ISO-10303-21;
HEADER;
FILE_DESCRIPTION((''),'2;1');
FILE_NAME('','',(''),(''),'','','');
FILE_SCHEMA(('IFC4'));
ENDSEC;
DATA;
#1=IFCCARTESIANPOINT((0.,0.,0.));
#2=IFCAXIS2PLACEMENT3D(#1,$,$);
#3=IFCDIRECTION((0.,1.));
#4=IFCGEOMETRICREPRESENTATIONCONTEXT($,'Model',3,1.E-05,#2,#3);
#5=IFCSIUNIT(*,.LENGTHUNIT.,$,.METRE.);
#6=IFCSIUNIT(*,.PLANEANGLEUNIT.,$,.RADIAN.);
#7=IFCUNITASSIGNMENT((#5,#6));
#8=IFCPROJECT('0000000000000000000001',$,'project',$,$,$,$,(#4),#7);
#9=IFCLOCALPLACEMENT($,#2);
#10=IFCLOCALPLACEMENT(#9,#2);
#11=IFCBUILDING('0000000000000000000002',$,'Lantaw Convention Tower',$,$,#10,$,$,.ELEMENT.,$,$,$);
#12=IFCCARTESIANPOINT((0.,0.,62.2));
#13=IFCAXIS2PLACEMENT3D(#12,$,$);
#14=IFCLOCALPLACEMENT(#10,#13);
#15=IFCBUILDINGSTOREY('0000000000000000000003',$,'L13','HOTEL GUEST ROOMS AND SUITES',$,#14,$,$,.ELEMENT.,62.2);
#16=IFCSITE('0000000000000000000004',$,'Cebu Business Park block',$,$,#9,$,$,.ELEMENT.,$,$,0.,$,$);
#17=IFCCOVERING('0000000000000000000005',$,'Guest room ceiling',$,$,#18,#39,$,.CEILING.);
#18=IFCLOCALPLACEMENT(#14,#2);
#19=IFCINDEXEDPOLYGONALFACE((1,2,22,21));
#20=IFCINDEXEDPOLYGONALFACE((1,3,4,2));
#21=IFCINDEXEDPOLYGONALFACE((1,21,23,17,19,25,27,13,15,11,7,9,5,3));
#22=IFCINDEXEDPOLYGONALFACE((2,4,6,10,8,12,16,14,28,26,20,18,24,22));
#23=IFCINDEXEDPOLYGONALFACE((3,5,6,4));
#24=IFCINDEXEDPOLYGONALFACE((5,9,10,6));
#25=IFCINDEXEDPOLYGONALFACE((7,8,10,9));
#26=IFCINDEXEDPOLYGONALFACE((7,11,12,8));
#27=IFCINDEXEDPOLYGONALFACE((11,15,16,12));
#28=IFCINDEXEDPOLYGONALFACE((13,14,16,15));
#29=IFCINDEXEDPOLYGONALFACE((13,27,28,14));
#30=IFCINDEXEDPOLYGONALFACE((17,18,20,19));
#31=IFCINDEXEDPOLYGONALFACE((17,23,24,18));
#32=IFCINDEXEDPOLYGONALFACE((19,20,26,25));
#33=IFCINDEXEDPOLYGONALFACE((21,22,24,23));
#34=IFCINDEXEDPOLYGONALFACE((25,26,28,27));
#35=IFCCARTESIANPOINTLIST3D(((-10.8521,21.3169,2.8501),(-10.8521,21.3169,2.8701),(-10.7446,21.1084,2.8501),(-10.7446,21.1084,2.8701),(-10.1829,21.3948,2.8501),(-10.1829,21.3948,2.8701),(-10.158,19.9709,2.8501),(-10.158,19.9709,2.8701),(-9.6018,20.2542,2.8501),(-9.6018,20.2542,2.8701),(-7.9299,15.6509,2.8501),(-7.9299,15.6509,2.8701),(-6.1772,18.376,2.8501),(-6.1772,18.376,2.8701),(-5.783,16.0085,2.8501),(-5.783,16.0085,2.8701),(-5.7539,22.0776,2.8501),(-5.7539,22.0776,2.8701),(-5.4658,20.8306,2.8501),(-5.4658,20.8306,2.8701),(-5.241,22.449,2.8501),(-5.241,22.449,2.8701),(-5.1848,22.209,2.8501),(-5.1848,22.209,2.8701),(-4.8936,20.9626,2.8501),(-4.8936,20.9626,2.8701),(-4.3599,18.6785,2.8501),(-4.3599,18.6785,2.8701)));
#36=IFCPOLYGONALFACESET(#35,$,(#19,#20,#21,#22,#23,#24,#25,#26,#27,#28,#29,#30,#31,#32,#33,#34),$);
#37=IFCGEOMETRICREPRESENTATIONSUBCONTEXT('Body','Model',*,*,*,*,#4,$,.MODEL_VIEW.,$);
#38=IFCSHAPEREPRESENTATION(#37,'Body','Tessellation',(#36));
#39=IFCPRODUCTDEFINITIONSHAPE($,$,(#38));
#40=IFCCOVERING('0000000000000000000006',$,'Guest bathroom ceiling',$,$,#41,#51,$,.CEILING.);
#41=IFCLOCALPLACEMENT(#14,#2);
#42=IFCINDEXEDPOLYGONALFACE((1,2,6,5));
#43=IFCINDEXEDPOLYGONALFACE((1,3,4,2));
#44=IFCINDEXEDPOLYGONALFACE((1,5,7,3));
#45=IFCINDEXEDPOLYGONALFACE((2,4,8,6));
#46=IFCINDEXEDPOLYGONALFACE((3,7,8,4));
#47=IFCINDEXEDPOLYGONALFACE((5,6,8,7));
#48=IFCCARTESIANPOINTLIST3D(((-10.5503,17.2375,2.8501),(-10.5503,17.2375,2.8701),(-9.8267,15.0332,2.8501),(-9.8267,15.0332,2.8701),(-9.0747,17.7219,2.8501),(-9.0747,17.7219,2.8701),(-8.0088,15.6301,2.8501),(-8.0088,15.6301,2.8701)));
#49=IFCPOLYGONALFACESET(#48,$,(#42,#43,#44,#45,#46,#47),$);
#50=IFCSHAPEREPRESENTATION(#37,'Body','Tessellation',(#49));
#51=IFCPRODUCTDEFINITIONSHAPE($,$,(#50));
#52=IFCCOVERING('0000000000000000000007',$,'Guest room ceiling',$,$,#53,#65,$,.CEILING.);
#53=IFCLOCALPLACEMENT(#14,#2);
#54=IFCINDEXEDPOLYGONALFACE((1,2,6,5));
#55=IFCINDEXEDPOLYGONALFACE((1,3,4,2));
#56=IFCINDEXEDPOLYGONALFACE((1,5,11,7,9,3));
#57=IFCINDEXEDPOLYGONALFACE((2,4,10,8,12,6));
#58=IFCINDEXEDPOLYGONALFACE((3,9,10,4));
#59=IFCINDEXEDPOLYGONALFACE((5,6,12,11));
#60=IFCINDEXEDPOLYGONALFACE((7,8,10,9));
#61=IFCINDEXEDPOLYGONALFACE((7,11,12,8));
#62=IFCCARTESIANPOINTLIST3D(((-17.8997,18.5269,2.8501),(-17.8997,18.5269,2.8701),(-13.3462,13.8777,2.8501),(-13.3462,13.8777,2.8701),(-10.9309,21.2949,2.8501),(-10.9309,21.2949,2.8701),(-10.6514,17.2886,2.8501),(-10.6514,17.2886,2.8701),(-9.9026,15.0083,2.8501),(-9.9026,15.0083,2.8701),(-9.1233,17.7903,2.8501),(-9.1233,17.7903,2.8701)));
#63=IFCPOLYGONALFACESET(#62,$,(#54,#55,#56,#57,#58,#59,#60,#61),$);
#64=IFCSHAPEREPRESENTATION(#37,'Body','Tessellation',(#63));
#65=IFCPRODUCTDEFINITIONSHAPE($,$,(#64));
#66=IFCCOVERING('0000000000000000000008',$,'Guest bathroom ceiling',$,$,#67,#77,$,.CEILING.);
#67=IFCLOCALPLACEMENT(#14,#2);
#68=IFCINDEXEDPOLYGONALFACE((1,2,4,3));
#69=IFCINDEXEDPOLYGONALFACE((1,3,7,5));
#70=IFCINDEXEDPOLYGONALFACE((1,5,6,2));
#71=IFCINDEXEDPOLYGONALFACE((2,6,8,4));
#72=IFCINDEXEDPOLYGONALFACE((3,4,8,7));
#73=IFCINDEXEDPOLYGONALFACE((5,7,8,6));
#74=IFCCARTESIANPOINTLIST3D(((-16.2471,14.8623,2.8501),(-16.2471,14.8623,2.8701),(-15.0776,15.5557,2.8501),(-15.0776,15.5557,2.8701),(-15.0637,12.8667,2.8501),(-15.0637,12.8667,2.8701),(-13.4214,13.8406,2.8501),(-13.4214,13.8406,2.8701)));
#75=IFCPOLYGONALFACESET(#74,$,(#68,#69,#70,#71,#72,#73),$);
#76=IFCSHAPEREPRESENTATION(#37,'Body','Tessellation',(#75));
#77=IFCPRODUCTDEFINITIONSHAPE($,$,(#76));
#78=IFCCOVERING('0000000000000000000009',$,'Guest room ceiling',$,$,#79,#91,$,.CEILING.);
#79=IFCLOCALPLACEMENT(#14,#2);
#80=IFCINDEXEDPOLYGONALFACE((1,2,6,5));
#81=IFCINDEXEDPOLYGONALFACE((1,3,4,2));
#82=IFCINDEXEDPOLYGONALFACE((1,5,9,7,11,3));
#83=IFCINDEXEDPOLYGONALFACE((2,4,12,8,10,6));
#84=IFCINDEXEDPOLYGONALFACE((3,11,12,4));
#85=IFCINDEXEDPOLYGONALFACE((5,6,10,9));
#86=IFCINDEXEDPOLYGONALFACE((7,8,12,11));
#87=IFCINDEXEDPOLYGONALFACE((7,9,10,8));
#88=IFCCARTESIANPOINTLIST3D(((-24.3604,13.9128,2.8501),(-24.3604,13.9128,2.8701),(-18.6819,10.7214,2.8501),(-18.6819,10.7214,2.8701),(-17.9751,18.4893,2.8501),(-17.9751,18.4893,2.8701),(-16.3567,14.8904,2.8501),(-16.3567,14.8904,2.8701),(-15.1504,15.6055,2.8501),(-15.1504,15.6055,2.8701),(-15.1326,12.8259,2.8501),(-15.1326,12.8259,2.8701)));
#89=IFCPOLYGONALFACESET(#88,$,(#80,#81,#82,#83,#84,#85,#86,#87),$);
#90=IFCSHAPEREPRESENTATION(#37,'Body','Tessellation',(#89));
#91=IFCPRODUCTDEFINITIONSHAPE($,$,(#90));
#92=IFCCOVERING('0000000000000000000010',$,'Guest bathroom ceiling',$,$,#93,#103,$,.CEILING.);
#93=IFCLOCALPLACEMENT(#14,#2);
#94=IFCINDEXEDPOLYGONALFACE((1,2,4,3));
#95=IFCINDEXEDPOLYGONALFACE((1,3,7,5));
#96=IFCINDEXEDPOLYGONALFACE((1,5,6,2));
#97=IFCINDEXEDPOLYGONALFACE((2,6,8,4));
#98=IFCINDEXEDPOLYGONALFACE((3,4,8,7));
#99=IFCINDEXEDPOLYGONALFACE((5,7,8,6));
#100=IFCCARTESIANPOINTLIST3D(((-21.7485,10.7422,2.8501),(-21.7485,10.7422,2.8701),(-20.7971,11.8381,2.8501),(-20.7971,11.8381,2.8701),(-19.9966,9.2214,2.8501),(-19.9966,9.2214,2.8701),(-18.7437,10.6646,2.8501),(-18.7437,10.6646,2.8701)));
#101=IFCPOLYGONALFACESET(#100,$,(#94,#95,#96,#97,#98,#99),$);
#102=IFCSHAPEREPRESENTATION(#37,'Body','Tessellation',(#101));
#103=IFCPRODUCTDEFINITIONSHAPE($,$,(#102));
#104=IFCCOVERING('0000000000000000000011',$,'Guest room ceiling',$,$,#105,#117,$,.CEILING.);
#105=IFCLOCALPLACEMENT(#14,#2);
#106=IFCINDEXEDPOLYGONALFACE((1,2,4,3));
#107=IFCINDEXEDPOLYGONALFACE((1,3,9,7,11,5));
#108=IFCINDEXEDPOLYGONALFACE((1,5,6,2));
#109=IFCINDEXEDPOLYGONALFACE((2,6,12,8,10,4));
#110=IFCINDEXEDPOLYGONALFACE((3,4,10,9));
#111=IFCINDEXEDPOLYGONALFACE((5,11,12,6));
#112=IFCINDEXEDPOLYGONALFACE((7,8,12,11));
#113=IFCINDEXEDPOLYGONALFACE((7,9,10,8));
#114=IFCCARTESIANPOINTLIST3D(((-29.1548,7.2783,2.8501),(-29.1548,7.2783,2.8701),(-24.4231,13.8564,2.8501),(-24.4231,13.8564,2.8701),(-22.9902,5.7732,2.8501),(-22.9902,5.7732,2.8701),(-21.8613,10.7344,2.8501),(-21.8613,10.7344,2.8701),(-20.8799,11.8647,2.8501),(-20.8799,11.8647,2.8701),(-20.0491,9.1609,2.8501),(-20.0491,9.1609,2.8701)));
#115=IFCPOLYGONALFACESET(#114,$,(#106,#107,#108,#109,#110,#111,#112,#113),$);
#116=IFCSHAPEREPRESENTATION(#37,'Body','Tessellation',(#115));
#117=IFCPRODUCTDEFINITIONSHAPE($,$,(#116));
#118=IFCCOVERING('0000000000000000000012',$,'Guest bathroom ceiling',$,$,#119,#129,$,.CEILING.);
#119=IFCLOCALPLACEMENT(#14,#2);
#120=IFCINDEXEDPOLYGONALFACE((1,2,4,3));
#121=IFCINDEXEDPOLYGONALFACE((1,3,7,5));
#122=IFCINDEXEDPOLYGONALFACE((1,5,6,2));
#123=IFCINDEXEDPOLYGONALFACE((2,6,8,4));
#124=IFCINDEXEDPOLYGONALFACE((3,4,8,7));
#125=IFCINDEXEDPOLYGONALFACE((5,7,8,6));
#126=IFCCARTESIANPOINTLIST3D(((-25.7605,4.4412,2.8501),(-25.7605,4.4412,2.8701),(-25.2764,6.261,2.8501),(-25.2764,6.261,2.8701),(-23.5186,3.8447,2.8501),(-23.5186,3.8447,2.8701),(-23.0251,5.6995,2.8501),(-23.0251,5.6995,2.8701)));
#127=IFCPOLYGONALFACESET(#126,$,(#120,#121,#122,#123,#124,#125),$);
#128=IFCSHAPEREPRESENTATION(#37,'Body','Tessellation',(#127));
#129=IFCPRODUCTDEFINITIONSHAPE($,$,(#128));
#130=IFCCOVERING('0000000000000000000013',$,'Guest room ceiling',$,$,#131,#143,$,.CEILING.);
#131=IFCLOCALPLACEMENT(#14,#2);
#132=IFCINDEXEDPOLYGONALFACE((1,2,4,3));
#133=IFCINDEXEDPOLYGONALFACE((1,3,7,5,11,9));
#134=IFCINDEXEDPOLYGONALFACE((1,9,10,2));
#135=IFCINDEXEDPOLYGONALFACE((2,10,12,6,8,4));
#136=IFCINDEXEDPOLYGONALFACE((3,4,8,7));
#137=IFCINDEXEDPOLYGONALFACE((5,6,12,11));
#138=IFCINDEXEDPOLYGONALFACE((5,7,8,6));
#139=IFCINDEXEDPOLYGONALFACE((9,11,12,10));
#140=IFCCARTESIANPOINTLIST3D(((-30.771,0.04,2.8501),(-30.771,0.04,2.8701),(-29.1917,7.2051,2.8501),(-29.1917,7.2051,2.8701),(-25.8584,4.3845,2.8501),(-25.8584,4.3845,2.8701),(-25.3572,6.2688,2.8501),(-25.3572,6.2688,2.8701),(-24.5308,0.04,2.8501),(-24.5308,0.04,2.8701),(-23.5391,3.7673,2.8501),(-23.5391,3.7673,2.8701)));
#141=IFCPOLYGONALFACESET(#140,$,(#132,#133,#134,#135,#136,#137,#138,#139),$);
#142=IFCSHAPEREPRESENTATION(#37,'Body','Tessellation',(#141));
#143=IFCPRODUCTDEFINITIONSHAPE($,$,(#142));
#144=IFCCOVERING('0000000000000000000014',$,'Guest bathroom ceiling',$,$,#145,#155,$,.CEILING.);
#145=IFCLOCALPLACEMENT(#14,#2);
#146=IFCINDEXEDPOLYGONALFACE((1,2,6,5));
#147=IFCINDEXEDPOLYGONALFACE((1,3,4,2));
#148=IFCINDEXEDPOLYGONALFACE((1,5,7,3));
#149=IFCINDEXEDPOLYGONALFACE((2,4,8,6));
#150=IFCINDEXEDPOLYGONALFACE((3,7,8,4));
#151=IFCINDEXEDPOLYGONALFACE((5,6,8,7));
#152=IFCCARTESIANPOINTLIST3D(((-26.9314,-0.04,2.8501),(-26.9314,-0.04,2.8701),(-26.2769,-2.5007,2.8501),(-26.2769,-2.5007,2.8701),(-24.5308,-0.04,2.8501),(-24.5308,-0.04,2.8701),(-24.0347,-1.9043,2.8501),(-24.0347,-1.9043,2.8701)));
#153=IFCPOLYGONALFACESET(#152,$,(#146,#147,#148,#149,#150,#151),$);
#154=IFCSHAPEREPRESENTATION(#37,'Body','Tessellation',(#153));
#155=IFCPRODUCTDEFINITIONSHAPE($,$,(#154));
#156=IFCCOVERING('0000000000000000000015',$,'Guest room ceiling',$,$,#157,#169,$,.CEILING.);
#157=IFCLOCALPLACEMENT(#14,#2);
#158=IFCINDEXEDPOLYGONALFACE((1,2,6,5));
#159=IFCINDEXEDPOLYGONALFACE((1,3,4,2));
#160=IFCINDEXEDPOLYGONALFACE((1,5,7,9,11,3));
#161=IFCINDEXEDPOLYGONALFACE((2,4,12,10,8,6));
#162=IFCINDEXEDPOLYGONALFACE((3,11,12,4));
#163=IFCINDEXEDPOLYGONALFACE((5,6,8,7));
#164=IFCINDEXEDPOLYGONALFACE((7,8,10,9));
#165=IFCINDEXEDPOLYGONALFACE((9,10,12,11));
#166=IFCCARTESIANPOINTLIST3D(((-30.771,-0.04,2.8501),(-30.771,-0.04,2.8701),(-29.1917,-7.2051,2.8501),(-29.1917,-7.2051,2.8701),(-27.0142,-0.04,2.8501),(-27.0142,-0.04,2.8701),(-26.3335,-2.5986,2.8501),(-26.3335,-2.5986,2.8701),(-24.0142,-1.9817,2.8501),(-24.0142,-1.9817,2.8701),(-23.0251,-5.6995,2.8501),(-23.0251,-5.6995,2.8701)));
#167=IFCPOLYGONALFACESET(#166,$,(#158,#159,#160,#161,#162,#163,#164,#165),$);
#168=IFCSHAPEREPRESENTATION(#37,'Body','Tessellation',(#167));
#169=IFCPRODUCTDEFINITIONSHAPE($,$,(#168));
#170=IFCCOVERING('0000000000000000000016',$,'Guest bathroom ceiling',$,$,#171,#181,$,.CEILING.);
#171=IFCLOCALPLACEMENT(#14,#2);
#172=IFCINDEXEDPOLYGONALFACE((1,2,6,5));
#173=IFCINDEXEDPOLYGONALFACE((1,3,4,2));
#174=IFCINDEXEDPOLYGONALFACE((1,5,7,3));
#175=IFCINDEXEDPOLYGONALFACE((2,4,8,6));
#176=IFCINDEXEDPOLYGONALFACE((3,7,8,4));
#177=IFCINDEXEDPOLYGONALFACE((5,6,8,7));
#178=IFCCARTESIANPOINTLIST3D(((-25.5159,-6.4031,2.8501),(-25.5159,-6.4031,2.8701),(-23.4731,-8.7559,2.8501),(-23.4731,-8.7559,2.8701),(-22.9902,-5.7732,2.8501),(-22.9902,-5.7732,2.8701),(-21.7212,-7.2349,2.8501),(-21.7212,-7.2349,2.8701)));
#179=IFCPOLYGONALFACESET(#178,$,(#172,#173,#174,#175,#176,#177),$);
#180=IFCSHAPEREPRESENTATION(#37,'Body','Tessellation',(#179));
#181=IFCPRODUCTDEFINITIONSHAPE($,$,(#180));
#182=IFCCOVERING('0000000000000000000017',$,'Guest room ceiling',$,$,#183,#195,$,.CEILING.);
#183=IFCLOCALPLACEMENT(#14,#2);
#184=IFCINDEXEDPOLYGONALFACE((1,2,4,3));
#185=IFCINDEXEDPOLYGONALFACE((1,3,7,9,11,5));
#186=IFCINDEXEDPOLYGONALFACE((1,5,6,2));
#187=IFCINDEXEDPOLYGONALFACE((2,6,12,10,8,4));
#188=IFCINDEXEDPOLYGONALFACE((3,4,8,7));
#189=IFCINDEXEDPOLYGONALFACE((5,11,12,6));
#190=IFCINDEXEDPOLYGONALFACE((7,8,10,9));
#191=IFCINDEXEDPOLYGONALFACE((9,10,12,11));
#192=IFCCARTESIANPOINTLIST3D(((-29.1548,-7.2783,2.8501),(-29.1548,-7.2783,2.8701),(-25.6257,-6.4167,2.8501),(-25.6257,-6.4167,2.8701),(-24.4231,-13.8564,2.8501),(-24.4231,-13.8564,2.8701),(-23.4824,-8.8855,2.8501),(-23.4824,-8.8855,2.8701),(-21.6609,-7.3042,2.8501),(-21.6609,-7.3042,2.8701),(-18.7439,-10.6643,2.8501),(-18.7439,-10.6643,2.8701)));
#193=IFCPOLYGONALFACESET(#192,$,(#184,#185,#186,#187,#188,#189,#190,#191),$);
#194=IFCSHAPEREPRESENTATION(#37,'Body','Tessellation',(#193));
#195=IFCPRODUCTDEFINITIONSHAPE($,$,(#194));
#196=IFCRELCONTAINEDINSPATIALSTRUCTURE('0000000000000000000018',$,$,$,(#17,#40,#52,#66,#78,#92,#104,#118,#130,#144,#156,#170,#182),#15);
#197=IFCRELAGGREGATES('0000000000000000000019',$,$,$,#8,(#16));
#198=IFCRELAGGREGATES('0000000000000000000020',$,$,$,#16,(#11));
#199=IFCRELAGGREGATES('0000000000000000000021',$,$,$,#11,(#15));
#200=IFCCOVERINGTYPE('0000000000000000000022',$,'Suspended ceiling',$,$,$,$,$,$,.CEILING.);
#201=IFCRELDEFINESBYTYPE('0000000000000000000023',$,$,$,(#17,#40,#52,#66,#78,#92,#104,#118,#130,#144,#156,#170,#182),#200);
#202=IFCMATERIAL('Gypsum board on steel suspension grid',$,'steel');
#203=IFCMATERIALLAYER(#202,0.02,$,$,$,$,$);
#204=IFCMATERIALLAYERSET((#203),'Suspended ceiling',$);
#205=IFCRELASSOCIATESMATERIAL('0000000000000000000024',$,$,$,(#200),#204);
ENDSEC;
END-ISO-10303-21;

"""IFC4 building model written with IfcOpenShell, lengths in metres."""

from ifc_helpers import new_model, si_unit, direction, frame, origin, place, context, subcontext, project, spatial, polyline, outline, extrude, material, layer, layer_set, type_object, element, save


model = new_model("IFC4")

# Units and contexts
model_context = context("Model", 3, precision=1e-05, world=origin(), true_north=direction((0.0, 1.0)))
body_context = subcontext(model_context, "Body", "Model", "MODEL_VIEW")
ifc_project = project(units=[si_unit("LENGTHUNIT", "METRE"), si_unit("PLANEANGLEUNIT", "RADIAN")], contexts=[model_context])

# Site, building, storey
site_placement = place(None, origin())
site = spatial("IfcSite", under=ifc_project, at=site_placement, Name="Cebu Business Park block", CompositionType="ELEMENT", RefElevation=0.0)
building_placement = place(site_placement, origin())
building = spatial("IfcBuilding", under=site, at=building_placement, Name="Lantaw Convention Tower", CompositionType="ELEMENT")
storey_placement = place(building_placement, frame((0.0, 0.0, 62.2)))
storey = spatial("IfcBuildingStorey", under=building, at=storey_placement, Name="L13", Description="HOTEL GUEST ROOMS AND SUITES", CompositionType="ELEMENT", Elevation=62.2)

# Coverings
ifc_material_1 = material(Name="Gypsum board on steel suspension grid", Category="steel")
ifc_layer_1 = layer(ifc_material_1, 0.02)
ifc_layer_set_1 = layer_set([ifc_layer_1], Name="Suspended ceiling")
covering_type = type_object("IfcCoveringType", Name="Suspended ceiling", PredefinedType="CEILING", material=ifc_layer_set_1)
covering_1_placement = place(storey_placement, frame((0.0, 0.0, 2.8501)))
element("IfcCovering", 1, at=covering_1_placement, inside=storey, type_object=covering_type, Name="Guest room ceiling", PredefinedType="CEILING", context=body_context, shape_type="SweptSolid", body=[
    extrude(outline(polyline([(-10.158, 19.9709), (-7.9299, 15.6509), (-5.783, 16.0085), (-6.1772, 18.376), (-4.3599, 18.6785), (-4.8936, 20.9626), (-5.4658, 20.8306), (-5.7539, 22.0776), (-5.1848, 22.209), (-5.241, 22.449), (-10.8521, 21.3169), (-10.7446, 21.1084), (-10.1829, 21.3948), (-9.6018, 20.2542), (-10.158, 19.9709)])), origin(), (0.0, 0.0, 1.0), 0.02),
])
covering_2_placement = place(storey_placement, frame((0.0, 0.0, 2.8501)))
element("IfcCovering", 2, at=covering_2_placement, inside=storey, type_object=covering_type, Name="Guest bathroom ceiling", PredefinedType="CEILING", context=body_context, shape_type="SweptSolid", body=[
    extrude(outline(polyline([(-8.0088, 15.6301), (-9.0747, 17.7219), (-10.5503, 17.2375), (-9.8267, 15.0332), (-8.0088, 15.6301)])), origin(), (0.0, 0.0, 1.0), 0.02),
])
covering_3_placement = place(storey_placement, frame((0.0, 0.0, 2.8501)))
element("IfcCovering", 3, at=covering_3_placement, inside=storey, type_object=covering_type, Name="Guest room ceiling", PredefinedType="CEILING", context=body_context, shape_type="SweptSolid", body=[
    extrude(outline(polyline([(-13.3462, 13.8777), (-9.9026, 15.0083), (-10.6514, 17.2886), (-9.1233, 17.7903), (-10.9309, 21.2949), (-17.8997, 18.5269), (-13.3462, 13.8777)])), origin(), (0.0, 0.0, 1.0), 0.02),
])
covering_4_placement = place(storey_placement, frame((0.0, 0.0, 2.8501)))
element("IfcCovering", 4, at=covering_4_placement, inside=storey, type_object=covering_type, Name="Guest bathroom ceiling", PredefinedType="CEILING", context=body_context, shape_type="SweptSolid", body=[
    extrude(outline(polyline([(-13.4214, 13.8406), (-15.0776, 15.5557), (-16.2471, 14.8623), (-15.0637, 12.8667), (-13.4214, 13.8406)])), origin(), (0.0, 0.0, 1.0), 0.02),
])
covering_5_placement = place(storey_placement, frame((0.0, 0.0, 2.8501)))
element("IfcCovering", 5, at=covering_5_placement, inside=storey, type_object=covering_type, Name="Guest room ceiling", PredefinedType="CEILING", context=body_context, shape_type="SweptSolid", body=[
    extrude(outline(polyline([(-18.6819, 10.7214), (-15.1326, 12.8259), (-16.3567, 14.8904), (-15.1504, 15.6055), (-17.9751, 18.4893), (-24.3604, 13.9128), (-18.6819, 10.7214)])), origin(), (0.0, 0.0, 1.0), 0.02),
])
covering_6_placement = place(storey_placement, frame((0.0, 0.0, 2.8501)))
element("IfcCovering", 6, at=covering_6_placement, inside=storey, type_object=covering_type, Name="Guest bathroom ceiling", PredefinedType="CEILING", context=body_context, shape_type="SweptSolid", body=[
    extrude(outline(polyline([(-18.7437, 10.6646), (-20.7971, 11.8381), (-21.7485, 10.7422), (-19.9966, 9.2214), (-18.7437, 10.6646)])), origin(), (0.0, 0.0, 1.0), 0.02),
])
covering_7_placement = place(storey_placement, frame((0.0, 0.0, 2.8501)))
element("IfcCovering", 7, at=covering_7_placement, inside=storey, type_object=covering_type, Name="Guest room ceiling", PredefinedType="CEILING", context=body_context, shape_type="SweptSolid", body=[
    extrude(outline(polyline([(-22.9902, 5.7732), (-20.0491, 9.1609), (-21.8613, 10.7344), (-20.8799, 11.8647), (-24.4231, 13.8564), (-29.1548, 7.2783), (-22.9902, 5.7732)])), origin(), (0.0, 0.0, 1.0), 0.02),
])
covering_8_placement = place(storey_placement, frame((0.0, 0.0, 2.8501)))
element("IfcCovering", 8, at=covering_8_placement, inside=storey, type_object=covering_type, Name="Guest bathroom ceiling", PredefinedType="CEILING", context=body_context, shape_type="SweptSolid", body=[
    extrude(outline(polyline([(-23.0251, 5.6995), (-25.2764, 6.261), (-25.7605, 4.4412), (-23.5186, 3.8447), (-23.0251, 5.6995)])), origin(), (0.0, 0.0, 1.0), 0.02),
])
covering_9_placement = place(storey_placement, frame((0.0, 0.0, 2.8501)))
element("IfcCovering", 9, at=covering_9_placement, inside=storey, type_object=covering_type, Name="Guest room ceiling", PredefinedType="CEILING", context=body_context, shape_type="SweptSolid", body=[
    extrude(outline(polyline([(-24.5308, 0.04), (-23.5391, 3.7673), (-25.8584, 4.3845), (-25.3572, 6.2688), (-29.1917, 7.2051), (-30.771, 0.04), (-24.5308, 0.04)])), origin(), (0.0, 0.0, 1.0), 0.02),
])
covering_10_placement = place(storey_placement, frame((0.0, 0.0, 2.8501)))
element("IfcCovering", 10, at=covering_10_placement, inside=storey, type_object=covering_type, Name="Guest bathroom ceiling", PredefinedType="CEILING", context=body_context, shape_type="SweptSolid", body=[
    extrude(outline(polyline([(-24.5308, -0.04), (-26.9314, -0.04), (-26.2769, -2.5007), (-24.0347, -1.9043), (-24.5308, -0.04)])), origin(), (0.0, 0.0, 1.0), 0.02),
])
covering_11_placement = place(storey_placement, frame((0.0, 0.0, 2.8501)))
element("IfcCovering", 11, at=covering_11_placement, inside=storey, type_object=covering_type, Name="Guest room ceiling", PredefinedType="CEILING", context=body_context, shape_type="SweptSolid", body=[
    extrude(outline(polyline([(-24.0142, -1.9817), (-26.3335, -2.5986), (-27.0142, -0.04), (-30.771, -0.04), (-29.1917, -7.2051), (-23.0251, -5.6995), (-24.0142, -1.9817)])), origin(), (0.0, 0.0, 1.0), 0.02),
])
covering_12_placement = place(storey_placement, frame((0.0, 0.0, 2.8501)))
element("IfcCovering", 12, at=covering_12_placement, inside=storey, type_object=covering_type, Name="Guest bathroom ceiling", PredefinedType="CEILING", context=body_context, shape_type="SweptSolid", body=[
    extrude(outline(polyline([(-22.9902, -5.7732), (-25.5159, -6.4031), (-23.4731, -8.7559), (-21.7212, -7.2349), (-22.9902, -5.7732)])), origin(), (0.0, 0.0, 1.0), 0.02),
])
covering_13_placement = place(storey_placement, frame((0.0, 0.0, 2.8501)))
element("IfcCovering", 13, at=covering_13_placement, inside=storey, type_object=covering_type, Name="Guest room ceiling", PredefinedType="CEILING", context=body_context, shape_type="SweptSolid", body=[
    extrude(outline(polyline([(-25.6257, -6.4167), (-29.1548, -7.2783), (-24.4231, -13.8564), (-18.7439, -10.6643), (-21.6609, -7.3042), (-23.4824, -8.8855), (-25.6257, -6.4167)])), origin(), (0.0, 0.0, 1.0), 0.02),
])

save(model, "model.ifc")
